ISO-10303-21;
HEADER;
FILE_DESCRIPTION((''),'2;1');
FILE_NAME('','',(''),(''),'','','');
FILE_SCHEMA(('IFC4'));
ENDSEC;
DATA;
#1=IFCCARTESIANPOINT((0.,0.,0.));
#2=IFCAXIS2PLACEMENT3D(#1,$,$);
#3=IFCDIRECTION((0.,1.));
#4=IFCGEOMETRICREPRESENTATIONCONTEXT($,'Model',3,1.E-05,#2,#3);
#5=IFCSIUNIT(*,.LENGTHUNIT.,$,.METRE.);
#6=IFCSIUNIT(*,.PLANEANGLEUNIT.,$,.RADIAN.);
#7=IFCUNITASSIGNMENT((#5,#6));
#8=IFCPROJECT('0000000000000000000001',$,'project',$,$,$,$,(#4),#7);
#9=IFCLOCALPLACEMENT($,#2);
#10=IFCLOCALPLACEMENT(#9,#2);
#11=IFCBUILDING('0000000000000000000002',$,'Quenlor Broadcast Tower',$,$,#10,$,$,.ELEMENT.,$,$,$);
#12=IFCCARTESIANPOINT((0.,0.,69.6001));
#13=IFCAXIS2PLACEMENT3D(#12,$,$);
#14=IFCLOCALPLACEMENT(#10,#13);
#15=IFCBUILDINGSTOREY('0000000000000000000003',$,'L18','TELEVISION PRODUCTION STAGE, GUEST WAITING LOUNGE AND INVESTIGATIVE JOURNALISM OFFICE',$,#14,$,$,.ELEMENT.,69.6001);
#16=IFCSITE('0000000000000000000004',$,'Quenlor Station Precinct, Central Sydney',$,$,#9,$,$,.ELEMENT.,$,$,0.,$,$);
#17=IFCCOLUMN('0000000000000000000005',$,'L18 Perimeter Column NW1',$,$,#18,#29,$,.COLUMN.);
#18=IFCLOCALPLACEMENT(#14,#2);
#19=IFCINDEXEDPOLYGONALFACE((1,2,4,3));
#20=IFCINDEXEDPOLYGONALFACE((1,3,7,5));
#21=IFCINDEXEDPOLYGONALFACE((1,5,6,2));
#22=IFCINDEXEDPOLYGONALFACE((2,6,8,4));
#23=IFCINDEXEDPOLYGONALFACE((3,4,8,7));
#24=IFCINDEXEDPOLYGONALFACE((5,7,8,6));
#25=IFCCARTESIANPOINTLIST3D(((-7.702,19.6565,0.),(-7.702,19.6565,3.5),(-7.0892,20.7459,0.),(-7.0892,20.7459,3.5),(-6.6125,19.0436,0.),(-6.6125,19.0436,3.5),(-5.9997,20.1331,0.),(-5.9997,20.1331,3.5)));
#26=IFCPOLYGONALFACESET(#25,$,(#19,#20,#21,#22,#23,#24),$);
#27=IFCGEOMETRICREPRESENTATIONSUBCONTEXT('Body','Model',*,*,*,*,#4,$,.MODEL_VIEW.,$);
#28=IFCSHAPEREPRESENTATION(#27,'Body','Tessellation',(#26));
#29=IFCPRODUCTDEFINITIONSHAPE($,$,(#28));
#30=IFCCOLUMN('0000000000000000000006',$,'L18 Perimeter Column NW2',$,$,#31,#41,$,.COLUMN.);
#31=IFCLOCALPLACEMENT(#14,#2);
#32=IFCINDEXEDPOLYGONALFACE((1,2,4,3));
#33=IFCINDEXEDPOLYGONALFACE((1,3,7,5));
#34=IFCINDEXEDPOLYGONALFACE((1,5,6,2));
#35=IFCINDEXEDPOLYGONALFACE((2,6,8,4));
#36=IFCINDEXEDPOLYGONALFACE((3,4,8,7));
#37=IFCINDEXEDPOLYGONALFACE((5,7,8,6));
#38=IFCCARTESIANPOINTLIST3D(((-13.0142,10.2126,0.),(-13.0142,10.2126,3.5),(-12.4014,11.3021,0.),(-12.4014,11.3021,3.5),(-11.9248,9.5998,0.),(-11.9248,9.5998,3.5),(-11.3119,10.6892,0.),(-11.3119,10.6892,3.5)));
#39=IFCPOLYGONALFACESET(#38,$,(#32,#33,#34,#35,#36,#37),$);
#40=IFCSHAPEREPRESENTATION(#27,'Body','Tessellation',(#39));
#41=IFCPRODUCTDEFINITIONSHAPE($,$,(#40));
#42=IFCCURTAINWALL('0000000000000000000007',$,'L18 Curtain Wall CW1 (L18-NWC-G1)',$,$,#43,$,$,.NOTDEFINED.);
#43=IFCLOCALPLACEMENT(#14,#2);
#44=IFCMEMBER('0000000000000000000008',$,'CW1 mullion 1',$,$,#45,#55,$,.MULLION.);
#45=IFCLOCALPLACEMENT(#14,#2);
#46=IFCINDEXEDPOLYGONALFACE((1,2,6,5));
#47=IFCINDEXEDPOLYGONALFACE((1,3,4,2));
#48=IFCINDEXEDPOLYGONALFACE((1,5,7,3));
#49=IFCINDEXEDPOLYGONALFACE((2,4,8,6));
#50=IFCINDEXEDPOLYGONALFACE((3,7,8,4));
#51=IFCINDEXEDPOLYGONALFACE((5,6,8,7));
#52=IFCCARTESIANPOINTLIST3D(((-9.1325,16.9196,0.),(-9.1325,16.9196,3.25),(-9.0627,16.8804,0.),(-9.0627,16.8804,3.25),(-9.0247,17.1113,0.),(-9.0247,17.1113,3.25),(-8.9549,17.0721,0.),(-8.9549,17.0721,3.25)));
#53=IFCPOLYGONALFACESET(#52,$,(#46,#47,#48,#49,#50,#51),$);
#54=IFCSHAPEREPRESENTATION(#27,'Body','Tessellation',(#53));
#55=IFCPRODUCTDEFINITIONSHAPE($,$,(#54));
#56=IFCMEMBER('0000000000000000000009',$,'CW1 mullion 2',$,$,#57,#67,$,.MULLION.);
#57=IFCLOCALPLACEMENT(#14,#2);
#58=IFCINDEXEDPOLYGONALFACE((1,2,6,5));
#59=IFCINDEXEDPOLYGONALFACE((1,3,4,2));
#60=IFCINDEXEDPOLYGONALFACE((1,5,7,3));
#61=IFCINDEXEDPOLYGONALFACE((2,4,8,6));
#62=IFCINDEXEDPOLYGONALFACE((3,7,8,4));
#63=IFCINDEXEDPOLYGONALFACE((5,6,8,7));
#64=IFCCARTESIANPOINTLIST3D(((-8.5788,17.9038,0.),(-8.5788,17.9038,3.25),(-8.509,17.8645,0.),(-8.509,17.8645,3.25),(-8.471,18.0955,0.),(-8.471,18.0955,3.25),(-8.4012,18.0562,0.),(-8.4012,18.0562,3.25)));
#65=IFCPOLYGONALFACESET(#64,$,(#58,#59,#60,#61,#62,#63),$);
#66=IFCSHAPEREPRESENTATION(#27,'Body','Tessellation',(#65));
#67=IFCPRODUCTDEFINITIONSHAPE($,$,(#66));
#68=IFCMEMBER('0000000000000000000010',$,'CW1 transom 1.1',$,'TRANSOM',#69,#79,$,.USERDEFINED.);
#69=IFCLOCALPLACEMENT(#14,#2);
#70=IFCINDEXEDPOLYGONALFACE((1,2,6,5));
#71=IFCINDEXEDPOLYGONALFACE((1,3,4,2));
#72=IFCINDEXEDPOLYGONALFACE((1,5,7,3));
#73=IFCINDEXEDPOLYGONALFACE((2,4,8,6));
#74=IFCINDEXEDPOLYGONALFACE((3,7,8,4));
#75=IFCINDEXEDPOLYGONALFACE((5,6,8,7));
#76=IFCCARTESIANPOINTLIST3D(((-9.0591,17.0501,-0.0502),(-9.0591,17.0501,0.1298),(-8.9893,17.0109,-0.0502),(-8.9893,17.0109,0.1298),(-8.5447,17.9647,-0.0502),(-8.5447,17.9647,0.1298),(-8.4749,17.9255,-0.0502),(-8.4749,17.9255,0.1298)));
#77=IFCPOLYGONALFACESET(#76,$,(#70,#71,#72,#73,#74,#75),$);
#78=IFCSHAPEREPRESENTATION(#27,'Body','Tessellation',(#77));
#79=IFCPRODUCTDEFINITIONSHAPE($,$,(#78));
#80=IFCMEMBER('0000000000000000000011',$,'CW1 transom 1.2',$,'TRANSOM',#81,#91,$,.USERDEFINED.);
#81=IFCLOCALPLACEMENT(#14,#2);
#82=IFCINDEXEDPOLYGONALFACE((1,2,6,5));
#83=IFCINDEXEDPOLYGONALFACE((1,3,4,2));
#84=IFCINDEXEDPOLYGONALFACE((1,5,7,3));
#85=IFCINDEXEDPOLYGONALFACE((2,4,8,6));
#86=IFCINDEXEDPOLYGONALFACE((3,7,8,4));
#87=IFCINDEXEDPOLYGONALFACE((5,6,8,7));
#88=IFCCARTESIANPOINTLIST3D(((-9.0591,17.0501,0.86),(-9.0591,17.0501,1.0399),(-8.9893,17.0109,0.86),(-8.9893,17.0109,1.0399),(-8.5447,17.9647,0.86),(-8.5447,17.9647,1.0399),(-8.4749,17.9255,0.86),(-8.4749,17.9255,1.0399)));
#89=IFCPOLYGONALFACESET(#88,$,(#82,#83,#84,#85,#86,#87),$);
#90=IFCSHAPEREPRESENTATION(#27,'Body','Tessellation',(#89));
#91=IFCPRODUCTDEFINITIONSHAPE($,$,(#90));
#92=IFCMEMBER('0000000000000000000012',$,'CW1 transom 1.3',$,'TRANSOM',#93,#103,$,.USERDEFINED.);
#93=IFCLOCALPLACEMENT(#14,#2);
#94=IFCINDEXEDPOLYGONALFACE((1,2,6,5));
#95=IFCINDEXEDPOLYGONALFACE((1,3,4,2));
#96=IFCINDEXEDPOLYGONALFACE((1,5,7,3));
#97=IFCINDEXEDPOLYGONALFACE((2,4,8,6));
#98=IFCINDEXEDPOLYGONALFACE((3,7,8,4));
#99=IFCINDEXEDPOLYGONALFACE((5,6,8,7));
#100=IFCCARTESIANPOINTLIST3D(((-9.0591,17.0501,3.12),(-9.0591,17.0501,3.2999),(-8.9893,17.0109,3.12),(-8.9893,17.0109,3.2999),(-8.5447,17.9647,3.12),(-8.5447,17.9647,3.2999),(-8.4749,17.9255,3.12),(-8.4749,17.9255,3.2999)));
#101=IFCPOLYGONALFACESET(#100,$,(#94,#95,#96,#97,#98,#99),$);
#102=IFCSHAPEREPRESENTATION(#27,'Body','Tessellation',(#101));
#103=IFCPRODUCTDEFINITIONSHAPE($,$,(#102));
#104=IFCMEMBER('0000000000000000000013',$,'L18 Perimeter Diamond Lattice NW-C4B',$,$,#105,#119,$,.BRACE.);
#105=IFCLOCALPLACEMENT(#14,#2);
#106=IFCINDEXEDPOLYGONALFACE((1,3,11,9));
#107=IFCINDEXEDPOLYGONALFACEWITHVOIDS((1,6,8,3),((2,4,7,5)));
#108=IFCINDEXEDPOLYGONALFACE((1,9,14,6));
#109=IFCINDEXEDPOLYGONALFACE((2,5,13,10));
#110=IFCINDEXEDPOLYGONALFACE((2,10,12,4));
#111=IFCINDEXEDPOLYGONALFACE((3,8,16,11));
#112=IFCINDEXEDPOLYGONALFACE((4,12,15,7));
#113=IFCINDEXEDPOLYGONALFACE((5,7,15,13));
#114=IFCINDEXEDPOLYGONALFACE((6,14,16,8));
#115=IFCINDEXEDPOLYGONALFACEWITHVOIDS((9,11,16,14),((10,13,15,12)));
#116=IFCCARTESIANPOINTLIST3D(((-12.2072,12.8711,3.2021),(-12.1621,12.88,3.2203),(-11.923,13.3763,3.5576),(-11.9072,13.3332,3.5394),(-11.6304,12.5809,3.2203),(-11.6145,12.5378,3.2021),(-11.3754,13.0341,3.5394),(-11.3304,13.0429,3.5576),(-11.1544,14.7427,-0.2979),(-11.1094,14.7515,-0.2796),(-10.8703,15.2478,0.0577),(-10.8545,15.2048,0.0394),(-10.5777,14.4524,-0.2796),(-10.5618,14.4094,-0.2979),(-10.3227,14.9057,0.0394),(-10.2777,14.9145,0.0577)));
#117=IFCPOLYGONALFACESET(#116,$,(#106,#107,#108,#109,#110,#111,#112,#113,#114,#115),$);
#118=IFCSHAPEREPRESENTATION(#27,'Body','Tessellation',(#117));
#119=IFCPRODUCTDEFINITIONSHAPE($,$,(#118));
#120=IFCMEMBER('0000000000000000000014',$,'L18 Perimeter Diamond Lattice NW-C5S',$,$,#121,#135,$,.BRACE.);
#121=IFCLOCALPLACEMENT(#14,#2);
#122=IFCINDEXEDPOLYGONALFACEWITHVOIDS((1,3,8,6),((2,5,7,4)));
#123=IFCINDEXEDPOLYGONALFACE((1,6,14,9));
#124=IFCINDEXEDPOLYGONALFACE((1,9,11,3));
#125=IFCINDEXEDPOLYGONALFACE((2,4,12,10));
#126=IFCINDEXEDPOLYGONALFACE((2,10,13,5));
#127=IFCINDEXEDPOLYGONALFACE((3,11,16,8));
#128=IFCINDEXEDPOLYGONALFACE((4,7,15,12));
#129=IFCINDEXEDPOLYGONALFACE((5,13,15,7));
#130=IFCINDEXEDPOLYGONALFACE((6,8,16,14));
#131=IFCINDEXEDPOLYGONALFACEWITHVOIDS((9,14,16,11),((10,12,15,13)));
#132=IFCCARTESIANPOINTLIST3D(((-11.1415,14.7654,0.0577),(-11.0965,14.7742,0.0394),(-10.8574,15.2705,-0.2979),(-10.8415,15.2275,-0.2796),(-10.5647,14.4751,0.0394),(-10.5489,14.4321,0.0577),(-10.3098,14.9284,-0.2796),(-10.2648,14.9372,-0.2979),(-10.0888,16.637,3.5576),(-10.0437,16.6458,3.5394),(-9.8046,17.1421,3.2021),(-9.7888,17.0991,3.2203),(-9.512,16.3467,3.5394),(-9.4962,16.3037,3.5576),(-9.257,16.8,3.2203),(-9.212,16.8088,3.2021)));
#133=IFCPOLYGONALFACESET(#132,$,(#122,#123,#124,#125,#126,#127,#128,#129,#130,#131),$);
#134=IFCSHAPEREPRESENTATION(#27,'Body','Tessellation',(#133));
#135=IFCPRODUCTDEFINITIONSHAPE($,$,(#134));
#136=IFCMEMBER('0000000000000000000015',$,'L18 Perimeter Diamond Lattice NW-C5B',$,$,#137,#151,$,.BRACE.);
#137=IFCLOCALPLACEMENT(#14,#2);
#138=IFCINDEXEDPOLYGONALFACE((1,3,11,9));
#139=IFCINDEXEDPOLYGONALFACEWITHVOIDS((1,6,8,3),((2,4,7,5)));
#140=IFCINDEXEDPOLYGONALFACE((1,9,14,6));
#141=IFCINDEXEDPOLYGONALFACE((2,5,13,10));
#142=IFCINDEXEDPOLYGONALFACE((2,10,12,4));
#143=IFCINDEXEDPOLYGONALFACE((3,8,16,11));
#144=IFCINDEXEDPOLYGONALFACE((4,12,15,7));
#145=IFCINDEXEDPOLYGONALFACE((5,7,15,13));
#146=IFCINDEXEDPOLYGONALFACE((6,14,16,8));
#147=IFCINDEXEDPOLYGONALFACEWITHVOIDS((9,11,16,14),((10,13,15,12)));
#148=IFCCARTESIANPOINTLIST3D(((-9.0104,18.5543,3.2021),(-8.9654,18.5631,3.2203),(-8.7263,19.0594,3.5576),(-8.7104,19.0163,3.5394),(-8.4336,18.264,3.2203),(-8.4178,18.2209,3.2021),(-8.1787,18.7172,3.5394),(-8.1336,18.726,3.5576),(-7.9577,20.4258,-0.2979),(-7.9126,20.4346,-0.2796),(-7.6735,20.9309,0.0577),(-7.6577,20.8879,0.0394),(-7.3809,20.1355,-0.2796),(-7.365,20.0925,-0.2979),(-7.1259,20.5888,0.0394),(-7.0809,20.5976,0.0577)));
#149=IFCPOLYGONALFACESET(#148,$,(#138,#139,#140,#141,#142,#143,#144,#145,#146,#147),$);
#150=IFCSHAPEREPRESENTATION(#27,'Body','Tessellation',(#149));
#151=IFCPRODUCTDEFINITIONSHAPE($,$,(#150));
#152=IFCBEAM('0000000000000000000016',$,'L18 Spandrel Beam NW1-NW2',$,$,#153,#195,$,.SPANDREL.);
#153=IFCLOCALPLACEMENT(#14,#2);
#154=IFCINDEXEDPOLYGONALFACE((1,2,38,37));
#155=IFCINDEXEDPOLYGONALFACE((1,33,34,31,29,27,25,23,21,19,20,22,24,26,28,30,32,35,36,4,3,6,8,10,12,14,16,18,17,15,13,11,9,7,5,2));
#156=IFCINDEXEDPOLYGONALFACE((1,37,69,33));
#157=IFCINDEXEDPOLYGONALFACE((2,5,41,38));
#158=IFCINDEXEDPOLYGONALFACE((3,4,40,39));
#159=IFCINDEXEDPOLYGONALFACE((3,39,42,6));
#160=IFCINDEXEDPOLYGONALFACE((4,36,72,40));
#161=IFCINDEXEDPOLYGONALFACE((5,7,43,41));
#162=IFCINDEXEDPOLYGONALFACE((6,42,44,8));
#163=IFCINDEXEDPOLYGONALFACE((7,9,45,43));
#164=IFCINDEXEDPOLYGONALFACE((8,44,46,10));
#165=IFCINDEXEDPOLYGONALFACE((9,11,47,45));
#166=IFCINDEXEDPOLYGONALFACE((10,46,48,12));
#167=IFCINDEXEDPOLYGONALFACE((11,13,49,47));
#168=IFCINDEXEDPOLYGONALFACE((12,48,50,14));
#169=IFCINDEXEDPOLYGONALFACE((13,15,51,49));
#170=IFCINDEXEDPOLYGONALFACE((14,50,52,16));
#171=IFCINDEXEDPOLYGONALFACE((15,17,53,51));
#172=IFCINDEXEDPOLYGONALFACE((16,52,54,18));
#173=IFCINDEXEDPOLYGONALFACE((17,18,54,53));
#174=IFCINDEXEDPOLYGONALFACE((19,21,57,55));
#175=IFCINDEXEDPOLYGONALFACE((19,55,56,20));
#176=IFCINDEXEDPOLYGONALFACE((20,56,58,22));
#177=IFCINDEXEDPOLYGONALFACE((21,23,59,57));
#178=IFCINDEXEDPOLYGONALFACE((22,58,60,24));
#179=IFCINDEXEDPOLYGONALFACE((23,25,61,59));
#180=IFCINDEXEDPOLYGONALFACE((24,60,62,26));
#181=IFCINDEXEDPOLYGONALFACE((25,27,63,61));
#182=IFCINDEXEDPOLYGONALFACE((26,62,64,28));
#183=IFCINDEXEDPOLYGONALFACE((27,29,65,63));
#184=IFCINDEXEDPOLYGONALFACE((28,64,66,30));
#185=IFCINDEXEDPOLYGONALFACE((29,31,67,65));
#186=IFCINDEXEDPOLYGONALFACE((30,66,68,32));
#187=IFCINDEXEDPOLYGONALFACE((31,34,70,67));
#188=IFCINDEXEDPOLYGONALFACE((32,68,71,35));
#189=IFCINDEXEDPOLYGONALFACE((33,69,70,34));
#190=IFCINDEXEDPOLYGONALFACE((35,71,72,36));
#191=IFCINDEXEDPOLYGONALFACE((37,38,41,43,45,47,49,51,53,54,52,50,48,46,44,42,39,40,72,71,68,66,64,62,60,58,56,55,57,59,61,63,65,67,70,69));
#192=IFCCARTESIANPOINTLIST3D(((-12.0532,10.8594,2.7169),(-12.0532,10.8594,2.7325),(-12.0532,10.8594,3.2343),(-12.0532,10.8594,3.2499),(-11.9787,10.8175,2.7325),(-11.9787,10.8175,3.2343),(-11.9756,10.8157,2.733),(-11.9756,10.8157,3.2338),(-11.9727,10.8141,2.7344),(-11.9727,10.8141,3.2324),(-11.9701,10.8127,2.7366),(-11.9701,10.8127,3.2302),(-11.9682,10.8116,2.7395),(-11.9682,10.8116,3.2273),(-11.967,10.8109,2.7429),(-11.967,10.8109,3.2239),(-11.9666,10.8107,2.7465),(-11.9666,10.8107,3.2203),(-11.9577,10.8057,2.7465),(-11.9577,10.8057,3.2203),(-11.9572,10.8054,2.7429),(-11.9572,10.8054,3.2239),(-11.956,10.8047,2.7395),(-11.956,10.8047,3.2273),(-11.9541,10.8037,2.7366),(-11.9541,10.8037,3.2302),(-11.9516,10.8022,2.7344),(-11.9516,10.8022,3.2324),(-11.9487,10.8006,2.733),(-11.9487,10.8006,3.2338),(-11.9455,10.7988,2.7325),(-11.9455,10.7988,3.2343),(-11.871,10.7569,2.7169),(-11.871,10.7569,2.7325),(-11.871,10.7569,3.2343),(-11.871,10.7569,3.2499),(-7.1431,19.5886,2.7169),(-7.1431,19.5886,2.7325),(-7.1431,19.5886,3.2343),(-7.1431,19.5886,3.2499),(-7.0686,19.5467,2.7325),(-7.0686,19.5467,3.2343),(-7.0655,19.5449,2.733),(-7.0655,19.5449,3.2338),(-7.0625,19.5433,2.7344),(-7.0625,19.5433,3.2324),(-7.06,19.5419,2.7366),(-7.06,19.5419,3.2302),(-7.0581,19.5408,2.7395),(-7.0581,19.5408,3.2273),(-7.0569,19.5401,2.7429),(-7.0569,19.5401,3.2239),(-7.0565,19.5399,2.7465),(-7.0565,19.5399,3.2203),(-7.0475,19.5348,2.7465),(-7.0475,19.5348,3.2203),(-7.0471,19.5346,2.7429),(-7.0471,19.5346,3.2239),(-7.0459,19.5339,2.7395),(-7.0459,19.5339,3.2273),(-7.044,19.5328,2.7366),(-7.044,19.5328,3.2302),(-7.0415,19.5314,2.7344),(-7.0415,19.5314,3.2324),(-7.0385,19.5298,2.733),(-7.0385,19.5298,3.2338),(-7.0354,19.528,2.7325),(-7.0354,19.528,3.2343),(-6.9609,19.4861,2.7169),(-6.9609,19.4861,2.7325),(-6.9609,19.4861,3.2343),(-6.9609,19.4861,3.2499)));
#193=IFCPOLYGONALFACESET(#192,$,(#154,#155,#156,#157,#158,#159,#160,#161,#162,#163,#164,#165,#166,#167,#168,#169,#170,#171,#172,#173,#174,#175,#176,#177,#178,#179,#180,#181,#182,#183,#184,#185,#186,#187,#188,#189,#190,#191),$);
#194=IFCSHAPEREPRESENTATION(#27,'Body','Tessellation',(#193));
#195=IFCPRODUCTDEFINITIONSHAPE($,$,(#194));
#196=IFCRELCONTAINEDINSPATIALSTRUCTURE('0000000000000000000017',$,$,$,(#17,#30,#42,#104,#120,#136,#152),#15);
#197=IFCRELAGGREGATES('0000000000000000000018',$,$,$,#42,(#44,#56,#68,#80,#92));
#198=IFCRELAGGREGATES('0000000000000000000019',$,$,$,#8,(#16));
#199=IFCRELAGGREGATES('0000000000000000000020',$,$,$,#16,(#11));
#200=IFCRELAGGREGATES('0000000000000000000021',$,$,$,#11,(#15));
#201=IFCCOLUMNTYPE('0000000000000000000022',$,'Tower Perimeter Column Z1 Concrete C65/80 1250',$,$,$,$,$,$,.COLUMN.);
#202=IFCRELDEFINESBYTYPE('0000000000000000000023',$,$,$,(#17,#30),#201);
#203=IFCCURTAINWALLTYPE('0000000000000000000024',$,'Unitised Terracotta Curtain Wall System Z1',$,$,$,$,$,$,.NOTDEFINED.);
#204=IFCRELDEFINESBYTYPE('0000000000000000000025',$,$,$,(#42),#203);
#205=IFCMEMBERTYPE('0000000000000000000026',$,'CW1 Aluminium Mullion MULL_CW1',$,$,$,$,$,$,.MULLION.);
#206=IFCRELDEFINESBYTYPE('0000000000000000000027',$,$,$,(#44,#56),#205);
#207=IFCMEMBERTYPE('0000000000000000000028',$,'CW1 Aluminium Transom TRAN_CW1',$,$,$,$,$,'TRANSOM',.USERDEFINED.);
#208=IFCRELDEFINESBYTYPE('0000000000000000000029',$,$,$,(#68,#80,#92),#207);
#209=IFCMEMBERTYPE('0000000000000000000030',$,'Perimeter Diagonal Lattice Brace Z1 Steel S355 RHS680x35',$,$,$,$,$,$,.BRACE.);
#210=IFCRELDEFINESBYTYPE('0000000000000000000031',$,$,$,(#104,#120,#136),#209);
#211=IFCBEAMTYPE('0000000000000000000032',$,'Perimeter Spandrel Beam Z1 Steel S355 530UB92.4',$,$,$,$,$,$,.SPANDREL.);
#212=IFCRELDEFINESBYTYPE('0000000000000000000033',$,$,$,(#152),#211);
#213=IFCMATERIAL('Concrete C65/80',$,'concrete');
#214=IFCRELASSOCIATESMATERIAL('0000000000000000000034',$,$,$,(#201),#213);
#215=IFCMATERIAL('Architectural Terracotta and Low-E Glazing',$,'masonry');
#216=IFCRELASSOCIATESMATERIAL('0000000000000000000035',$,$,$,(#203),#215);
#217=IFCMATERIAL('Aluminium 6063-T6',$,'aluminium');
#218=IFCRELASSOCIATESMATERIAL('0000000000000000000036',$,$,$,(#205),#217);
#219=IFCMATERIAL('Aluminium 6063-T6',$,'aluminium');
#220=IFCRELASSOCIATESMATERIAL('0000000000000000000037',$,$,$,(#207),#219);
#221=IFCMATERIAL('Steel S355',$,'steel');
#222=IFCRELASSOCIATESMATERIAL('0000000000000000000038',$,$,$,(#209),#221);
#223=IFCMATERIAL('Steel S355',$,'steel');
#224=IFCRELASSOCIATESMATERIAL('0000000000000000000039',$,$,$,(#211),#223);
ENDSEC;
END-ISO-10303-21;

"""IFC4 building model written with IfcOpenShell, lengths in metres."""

from ifc_helpers import new_model, si_unit, direction, frame, origin, origin_2d, place, context, subcontext, project, spatial, rectangle, hollow_rectangle, i_section, extrude, material, material_profile, profile_set, type_object, element, aggregate, save


model = new_model("IFC4")

# Units and contexts
model_context = context("Model", 3, precision=1e-05, world=origin(), true_north=direction((0.0, 1.0)))
body_context = subcontext(model_context, "Body", "Model", "MODEL_VIEW")
ifc_project = project(units=[si_unit("LENGTHUNIT", "METRE"), si_unit("PLANEANGLEUNIT", "RADIAN")], contexts=[model_context])

# Site, building, storey
site_placement = place(None, origin())
site = spatial("IfcSite", under=ifc_project, at=site_placement, Name="Quenlor Station Precinct, Central Sydney", CompositionType="ELEMENT", RefElevation=0.0)
building_placement = place(site_placement, origin())
building = spatial("IfcBuilding", under=site, at=building_placement, Name="Quenlor Broadcast Tower", CompositionType="ELEMENT")
storey_placement = place(building_placement, frame((0.0, 0.0, 69.6001)))
storey = spatial("IfcBuildingStorey", under=building, at=storey_placement, Name="L18", Description="TELEVISION PRODUCTION STAGE, GUEST WAITING LOUNGE AND INVESTIGATIVE JOURNALISM OFFICE", CompositionType="ELEMENT", Elevation=69.6001)

# Columns
ifc_material_1 = material(Name="Concrete C65/80", Category="concrete")
ifc_material_profile_1 = material_profile(ifc_material_1, rectangle(XDim=1.25, YDim=1.25, at=origin_2d()))
ifc_profile_set_1 = profile_set([ifc_material_profile_1], Name="Concrete C65/80 RC1250x1250")
column_type = type_object("IfcColumnType", Name="Tower Perimeter Column Z1 Concrete C65/80 1250", PredefinedType="COLUMN", material=ifc_profile_set_1)
for number, where, z_axis, x_axis, name in (
    (1, (-6.8508, 19.8948, 0.0), (0.0, 0.0, 1.0), (-0.871575, 0.490262, 0.0), "L18 Perimeter Column NW1"),
    (2, (-12.1631, 10.4509, 0.0), (0.0, 0.0, 1.0), (-0.871575, 0.490262, 0.0), "L18 Perimeter Column NW2"),
):
    element("IfcColumn", number, at=place(storey_placement, frame(where, z_axis=z_axis, x_axis=x_axis)), inside=storey, type_object=column_type, Name=name, PredefinedType="COLUMN", context=body_context, shape_type="SweptSolid", body=[
        extrude(rectangle(XDim=1.25, YDim=1.25, at=origin_2d()), origin(), (0.0, 0.0, 1.0), 3.5),
    ])

# Curtain wall, members
ifc_material_2 = material(Name="Architectural Terracotta and Low-E Glazing", Category="masonry")
curtain_wall_type = type_object("IfcCurtainWallType", Name="Unitised Terracotta Curtain Wall System Z1", PredefinedType="NOTDEFINED", material=ifc_material_2)
curtain_wall_placement = place(storey_placement, origin())
curtain_wall = element("IfcCurtainWall", 3, at=curtain_wall_placement, inside=storey, type_object=curtain_wall_type, Name="L18 Curtain Wall CW1 (L18-NWC-G1)", PredefinedType="NOTDEFINED")
ifc_material_3 = material(Name="Aluminium 6063-T6", Category="aluminium")
ifc_material_profile_2 = material_profile(ifc_material_3, rectangle(XDim=0.0801, YDim=0.22, at=origin_2d()))
ifc_profile_set_2 = profile_set([ifc_material_profile_2], Name="Aluminium 6063-T6 MULL80x220")
member_type_1 = type_object("IfcMemberType", Name="CW1 Aluminium Mullion MULL_CW1", PredefinedType="MULLION", material=ifc_profile_set_2)
member_1_placement = place(storey_placement, frame((-9.0437, 16.9958, 0.0), z_axis=(0.0, 0.0, 1.0), x_axis=(-0.871567, 0.490277, 0.0)))
member_1 = element("IfcMember", 4, at=member_1_placement, type_object=member_type_1, Name="CW1 mullion 1", PredefinedType="MULLION", context=body_context, shape_type="SweptSolid", body=[
    extrude(rectangle(XDim=0.0801, YDim=0.22, at=origin_2d()), origin(), (0.0, 0.0, 1.0), 3.25),
])
member_2_placement = place(storey_placement, frame((-8.49, 17.98, 0.0), z_axis=(0.0, 0.0, 1.0), x_axis=(-0.871567, 0.490277, 0.0)))
member_2 = element("IfcMember", 5, at=member_2_placement, type_object=member_type_1, Name="CW1 mullion 2", PredefinedType="MULLION", context=body_context, shape_type="SweptSolid", body=[
    extrude(rectangle(XDim=0.0801, YDim=0.22, at=origin_2d()), origin(), (0.0, 0.0, 1.0), 3.25),
])
ifc_material_4 = material(Name="Aluminium 6063-T6", Category="aluminium")
ifc_material_profile_3 = material_profile(ifc_material_4, rectangle(XDim=0.0801, YDim=0.1799, at=origin_2d()))
ifc_profile_set_3 = profile_set([ifc_material_profile_3], Name="Aluminium 6063-T6 TRAN80x180")
member_type_2 = type_object("IfcMemberType", Name="CW1 Aluminium Transom TRAN_CW1", ElementType="TRANSOM", PredefinedType="USERDEFINED", material=ifc_profile_set_3)
member_3_placement = place(storey_placement, frame((-9.0242, 17.0305, 0.0398), z_axis=(0.490239, 0.871588, 0.0), x_axis=(-0.871588, 0.490239, 0.0)))
member_3 = element("IfcMember", 6, at=member_3_placement, type_object=member_type_2, Name="CW1 transom 1.1", ObjectType="TRANSOM", PredefinedType="USERDEFINED", context=body_context, shape_type="SweptSolid", body=[
    extrude(rectangle(XDim=0.0801, YDim=0.1799, at=origin_2d()), origin(), (0.0, 0.0, 1.0), 1.0493),
])
member_4_placement = place(storey_placement, frame((-9.0242, 17.0305, 0.95), z_axis=(0.490239, 0.871588, 0.0), x_axis=(-0.871588, 0.490239, 0.0)))
member_4 = element("IfcMember", 7, at=member_4_placement, type_object=member_type_2, Name="CW1 transom 1.2", ObjectType="TRANSOM", PredefinedType="USERDEFINED", context=body_context, shape_type="SweptSolid", body=[
    extrude(rectangle(XDim=0.0801, YDim=0.1799, at=origin_2d()), origin(), (0.0, 0.0, 1.0), 1.0493),
])
member_5_placement = place(storey_placement, frame((-9.0242, 17.0305, 3.21), z_axis=(0.490239, 0.871588, 0.0), x_axis=(-0.871588, 0.490239, 0.0)))
member_5 = element("IfcMember", 8, at=member_5_placement, type_object=member_type_2, Name="CW1 transom 1.3", ObjectType="TRANSOM", PredefinedType="USERDEFINED", context=body_context, shape_type="SweptSolid", body=[
    extrude(rectangle(XDim=0.0801, YDim=0.1799, at=origin_2d()), origin(), (0.0, 0.0, 1.0), 1.0493),
])

# Members
ifc_material_5 = material(Name="Steel S355", Category="steel")
ifc_material_profile_4 = material_profile(ifc_material_5, hollow_rectangle(XDim=0.6799, YDim=0.6799, WallThickness=0.0349, at=origin_2d()))
ifc_profile_set_4 = profile_set([ifc_material_profile_4], Name="Steel S355 RHS680x680x35")
member_type_3 = type_object("IfcMemberType", Name="Perimeter Diagonal Lattice Brace Z1 Steel S355 RHS680x35", PredefinedType="BRACE", material=ifc_profile_set_4)
for number, where, z_axis, x_axis, name in (
    (9, (-10.7161, 14.8286, -0.1201), (-0.256375, -0.455792, 0.852365), (0.871582, -0.49025, 0.0), "L18 Perimeter Diamond Lattice NW-C4B"),
    (10, (-10.7031, 14.8513, -0.1201), (0.256375, 0.455792, 0.852365), (-0.871582, 0.49025, 0.0), "L18 Perimeter Diamond Lattice NW-C5S"),
    (11, (-7.5193, 20.5117, -0.1201), (-0.256375, -0.455792, 0.852365), (0.871582, -0.49025, 0.0), "L18 Perimeter Diamond Lattice NW-C5B"),
):
    element("IfcMember", number, at=place(storey_placement, frame(where, z_axis=z_axis, x_axis=x_axis)), inside=storey, type_object=member_type_3, Name=name, PredefinedType="BRACE", context=body_context, shape_type="SweptSolid", body=[
        extrude(hollow_rectangle(XDim=0.6799, YDim=0.6799, WallThickness=0.0349, at=origin_2d()), origin(), (0.0, 0.0, 1.0), 4.1062),
    ])

# Beam
ifc_material_6 = material(Name="Steel S355", Category="steel")
ifc_material_profile_5 = material_profile(ifc_material_6, i_section(OverallWidth=0.209, OverallDepth=0.533, WebThickness=0.0103, FlangeThickness=0.0156, FilletRadius=0.0139, at=origin_2d()))
ifc_profile_set_5 = profile_set([ifc_material_profile_5], Name="Steel S355 530UB92.4")
beam_type_1 = type_object("IfcBeamType", Name="Perimeter Spandrel Beam Z1 Steel S355 530UB92.4", PredefinedType="SPANDREL", material=ifc_profile_set_5)
beam_1_placement = place(storey_placement, frame((-7.052, 19.5374, 2.9834), z_axis=(-0.490258, -0.871577, 0.0), x_axis=(0.871577, -0.490258, 0.0)))
element("IfcBeam", 12, at=beam_1_placement, inside=storey, type_object=beam_type_1, Name="L18 Spandrel Beam NW1-NW2", PredefinedType="SPANDREL", context=body_context, shape_type="SweptSolid", body=[
    extrude(i_section(OverallWidth=0.209, OverallDepth=0.533, WebThickness=0.0103, FlangeThickness=0.0156, FilletRadius=0.0139, at=origin_2d()), origin(), (0.0, 0.0, 1.0), 10.0154),
])

aggregate(curtain_wall, [member_1, member_2, member_3, member_4, member_5])

save(model, "model.ifc")
